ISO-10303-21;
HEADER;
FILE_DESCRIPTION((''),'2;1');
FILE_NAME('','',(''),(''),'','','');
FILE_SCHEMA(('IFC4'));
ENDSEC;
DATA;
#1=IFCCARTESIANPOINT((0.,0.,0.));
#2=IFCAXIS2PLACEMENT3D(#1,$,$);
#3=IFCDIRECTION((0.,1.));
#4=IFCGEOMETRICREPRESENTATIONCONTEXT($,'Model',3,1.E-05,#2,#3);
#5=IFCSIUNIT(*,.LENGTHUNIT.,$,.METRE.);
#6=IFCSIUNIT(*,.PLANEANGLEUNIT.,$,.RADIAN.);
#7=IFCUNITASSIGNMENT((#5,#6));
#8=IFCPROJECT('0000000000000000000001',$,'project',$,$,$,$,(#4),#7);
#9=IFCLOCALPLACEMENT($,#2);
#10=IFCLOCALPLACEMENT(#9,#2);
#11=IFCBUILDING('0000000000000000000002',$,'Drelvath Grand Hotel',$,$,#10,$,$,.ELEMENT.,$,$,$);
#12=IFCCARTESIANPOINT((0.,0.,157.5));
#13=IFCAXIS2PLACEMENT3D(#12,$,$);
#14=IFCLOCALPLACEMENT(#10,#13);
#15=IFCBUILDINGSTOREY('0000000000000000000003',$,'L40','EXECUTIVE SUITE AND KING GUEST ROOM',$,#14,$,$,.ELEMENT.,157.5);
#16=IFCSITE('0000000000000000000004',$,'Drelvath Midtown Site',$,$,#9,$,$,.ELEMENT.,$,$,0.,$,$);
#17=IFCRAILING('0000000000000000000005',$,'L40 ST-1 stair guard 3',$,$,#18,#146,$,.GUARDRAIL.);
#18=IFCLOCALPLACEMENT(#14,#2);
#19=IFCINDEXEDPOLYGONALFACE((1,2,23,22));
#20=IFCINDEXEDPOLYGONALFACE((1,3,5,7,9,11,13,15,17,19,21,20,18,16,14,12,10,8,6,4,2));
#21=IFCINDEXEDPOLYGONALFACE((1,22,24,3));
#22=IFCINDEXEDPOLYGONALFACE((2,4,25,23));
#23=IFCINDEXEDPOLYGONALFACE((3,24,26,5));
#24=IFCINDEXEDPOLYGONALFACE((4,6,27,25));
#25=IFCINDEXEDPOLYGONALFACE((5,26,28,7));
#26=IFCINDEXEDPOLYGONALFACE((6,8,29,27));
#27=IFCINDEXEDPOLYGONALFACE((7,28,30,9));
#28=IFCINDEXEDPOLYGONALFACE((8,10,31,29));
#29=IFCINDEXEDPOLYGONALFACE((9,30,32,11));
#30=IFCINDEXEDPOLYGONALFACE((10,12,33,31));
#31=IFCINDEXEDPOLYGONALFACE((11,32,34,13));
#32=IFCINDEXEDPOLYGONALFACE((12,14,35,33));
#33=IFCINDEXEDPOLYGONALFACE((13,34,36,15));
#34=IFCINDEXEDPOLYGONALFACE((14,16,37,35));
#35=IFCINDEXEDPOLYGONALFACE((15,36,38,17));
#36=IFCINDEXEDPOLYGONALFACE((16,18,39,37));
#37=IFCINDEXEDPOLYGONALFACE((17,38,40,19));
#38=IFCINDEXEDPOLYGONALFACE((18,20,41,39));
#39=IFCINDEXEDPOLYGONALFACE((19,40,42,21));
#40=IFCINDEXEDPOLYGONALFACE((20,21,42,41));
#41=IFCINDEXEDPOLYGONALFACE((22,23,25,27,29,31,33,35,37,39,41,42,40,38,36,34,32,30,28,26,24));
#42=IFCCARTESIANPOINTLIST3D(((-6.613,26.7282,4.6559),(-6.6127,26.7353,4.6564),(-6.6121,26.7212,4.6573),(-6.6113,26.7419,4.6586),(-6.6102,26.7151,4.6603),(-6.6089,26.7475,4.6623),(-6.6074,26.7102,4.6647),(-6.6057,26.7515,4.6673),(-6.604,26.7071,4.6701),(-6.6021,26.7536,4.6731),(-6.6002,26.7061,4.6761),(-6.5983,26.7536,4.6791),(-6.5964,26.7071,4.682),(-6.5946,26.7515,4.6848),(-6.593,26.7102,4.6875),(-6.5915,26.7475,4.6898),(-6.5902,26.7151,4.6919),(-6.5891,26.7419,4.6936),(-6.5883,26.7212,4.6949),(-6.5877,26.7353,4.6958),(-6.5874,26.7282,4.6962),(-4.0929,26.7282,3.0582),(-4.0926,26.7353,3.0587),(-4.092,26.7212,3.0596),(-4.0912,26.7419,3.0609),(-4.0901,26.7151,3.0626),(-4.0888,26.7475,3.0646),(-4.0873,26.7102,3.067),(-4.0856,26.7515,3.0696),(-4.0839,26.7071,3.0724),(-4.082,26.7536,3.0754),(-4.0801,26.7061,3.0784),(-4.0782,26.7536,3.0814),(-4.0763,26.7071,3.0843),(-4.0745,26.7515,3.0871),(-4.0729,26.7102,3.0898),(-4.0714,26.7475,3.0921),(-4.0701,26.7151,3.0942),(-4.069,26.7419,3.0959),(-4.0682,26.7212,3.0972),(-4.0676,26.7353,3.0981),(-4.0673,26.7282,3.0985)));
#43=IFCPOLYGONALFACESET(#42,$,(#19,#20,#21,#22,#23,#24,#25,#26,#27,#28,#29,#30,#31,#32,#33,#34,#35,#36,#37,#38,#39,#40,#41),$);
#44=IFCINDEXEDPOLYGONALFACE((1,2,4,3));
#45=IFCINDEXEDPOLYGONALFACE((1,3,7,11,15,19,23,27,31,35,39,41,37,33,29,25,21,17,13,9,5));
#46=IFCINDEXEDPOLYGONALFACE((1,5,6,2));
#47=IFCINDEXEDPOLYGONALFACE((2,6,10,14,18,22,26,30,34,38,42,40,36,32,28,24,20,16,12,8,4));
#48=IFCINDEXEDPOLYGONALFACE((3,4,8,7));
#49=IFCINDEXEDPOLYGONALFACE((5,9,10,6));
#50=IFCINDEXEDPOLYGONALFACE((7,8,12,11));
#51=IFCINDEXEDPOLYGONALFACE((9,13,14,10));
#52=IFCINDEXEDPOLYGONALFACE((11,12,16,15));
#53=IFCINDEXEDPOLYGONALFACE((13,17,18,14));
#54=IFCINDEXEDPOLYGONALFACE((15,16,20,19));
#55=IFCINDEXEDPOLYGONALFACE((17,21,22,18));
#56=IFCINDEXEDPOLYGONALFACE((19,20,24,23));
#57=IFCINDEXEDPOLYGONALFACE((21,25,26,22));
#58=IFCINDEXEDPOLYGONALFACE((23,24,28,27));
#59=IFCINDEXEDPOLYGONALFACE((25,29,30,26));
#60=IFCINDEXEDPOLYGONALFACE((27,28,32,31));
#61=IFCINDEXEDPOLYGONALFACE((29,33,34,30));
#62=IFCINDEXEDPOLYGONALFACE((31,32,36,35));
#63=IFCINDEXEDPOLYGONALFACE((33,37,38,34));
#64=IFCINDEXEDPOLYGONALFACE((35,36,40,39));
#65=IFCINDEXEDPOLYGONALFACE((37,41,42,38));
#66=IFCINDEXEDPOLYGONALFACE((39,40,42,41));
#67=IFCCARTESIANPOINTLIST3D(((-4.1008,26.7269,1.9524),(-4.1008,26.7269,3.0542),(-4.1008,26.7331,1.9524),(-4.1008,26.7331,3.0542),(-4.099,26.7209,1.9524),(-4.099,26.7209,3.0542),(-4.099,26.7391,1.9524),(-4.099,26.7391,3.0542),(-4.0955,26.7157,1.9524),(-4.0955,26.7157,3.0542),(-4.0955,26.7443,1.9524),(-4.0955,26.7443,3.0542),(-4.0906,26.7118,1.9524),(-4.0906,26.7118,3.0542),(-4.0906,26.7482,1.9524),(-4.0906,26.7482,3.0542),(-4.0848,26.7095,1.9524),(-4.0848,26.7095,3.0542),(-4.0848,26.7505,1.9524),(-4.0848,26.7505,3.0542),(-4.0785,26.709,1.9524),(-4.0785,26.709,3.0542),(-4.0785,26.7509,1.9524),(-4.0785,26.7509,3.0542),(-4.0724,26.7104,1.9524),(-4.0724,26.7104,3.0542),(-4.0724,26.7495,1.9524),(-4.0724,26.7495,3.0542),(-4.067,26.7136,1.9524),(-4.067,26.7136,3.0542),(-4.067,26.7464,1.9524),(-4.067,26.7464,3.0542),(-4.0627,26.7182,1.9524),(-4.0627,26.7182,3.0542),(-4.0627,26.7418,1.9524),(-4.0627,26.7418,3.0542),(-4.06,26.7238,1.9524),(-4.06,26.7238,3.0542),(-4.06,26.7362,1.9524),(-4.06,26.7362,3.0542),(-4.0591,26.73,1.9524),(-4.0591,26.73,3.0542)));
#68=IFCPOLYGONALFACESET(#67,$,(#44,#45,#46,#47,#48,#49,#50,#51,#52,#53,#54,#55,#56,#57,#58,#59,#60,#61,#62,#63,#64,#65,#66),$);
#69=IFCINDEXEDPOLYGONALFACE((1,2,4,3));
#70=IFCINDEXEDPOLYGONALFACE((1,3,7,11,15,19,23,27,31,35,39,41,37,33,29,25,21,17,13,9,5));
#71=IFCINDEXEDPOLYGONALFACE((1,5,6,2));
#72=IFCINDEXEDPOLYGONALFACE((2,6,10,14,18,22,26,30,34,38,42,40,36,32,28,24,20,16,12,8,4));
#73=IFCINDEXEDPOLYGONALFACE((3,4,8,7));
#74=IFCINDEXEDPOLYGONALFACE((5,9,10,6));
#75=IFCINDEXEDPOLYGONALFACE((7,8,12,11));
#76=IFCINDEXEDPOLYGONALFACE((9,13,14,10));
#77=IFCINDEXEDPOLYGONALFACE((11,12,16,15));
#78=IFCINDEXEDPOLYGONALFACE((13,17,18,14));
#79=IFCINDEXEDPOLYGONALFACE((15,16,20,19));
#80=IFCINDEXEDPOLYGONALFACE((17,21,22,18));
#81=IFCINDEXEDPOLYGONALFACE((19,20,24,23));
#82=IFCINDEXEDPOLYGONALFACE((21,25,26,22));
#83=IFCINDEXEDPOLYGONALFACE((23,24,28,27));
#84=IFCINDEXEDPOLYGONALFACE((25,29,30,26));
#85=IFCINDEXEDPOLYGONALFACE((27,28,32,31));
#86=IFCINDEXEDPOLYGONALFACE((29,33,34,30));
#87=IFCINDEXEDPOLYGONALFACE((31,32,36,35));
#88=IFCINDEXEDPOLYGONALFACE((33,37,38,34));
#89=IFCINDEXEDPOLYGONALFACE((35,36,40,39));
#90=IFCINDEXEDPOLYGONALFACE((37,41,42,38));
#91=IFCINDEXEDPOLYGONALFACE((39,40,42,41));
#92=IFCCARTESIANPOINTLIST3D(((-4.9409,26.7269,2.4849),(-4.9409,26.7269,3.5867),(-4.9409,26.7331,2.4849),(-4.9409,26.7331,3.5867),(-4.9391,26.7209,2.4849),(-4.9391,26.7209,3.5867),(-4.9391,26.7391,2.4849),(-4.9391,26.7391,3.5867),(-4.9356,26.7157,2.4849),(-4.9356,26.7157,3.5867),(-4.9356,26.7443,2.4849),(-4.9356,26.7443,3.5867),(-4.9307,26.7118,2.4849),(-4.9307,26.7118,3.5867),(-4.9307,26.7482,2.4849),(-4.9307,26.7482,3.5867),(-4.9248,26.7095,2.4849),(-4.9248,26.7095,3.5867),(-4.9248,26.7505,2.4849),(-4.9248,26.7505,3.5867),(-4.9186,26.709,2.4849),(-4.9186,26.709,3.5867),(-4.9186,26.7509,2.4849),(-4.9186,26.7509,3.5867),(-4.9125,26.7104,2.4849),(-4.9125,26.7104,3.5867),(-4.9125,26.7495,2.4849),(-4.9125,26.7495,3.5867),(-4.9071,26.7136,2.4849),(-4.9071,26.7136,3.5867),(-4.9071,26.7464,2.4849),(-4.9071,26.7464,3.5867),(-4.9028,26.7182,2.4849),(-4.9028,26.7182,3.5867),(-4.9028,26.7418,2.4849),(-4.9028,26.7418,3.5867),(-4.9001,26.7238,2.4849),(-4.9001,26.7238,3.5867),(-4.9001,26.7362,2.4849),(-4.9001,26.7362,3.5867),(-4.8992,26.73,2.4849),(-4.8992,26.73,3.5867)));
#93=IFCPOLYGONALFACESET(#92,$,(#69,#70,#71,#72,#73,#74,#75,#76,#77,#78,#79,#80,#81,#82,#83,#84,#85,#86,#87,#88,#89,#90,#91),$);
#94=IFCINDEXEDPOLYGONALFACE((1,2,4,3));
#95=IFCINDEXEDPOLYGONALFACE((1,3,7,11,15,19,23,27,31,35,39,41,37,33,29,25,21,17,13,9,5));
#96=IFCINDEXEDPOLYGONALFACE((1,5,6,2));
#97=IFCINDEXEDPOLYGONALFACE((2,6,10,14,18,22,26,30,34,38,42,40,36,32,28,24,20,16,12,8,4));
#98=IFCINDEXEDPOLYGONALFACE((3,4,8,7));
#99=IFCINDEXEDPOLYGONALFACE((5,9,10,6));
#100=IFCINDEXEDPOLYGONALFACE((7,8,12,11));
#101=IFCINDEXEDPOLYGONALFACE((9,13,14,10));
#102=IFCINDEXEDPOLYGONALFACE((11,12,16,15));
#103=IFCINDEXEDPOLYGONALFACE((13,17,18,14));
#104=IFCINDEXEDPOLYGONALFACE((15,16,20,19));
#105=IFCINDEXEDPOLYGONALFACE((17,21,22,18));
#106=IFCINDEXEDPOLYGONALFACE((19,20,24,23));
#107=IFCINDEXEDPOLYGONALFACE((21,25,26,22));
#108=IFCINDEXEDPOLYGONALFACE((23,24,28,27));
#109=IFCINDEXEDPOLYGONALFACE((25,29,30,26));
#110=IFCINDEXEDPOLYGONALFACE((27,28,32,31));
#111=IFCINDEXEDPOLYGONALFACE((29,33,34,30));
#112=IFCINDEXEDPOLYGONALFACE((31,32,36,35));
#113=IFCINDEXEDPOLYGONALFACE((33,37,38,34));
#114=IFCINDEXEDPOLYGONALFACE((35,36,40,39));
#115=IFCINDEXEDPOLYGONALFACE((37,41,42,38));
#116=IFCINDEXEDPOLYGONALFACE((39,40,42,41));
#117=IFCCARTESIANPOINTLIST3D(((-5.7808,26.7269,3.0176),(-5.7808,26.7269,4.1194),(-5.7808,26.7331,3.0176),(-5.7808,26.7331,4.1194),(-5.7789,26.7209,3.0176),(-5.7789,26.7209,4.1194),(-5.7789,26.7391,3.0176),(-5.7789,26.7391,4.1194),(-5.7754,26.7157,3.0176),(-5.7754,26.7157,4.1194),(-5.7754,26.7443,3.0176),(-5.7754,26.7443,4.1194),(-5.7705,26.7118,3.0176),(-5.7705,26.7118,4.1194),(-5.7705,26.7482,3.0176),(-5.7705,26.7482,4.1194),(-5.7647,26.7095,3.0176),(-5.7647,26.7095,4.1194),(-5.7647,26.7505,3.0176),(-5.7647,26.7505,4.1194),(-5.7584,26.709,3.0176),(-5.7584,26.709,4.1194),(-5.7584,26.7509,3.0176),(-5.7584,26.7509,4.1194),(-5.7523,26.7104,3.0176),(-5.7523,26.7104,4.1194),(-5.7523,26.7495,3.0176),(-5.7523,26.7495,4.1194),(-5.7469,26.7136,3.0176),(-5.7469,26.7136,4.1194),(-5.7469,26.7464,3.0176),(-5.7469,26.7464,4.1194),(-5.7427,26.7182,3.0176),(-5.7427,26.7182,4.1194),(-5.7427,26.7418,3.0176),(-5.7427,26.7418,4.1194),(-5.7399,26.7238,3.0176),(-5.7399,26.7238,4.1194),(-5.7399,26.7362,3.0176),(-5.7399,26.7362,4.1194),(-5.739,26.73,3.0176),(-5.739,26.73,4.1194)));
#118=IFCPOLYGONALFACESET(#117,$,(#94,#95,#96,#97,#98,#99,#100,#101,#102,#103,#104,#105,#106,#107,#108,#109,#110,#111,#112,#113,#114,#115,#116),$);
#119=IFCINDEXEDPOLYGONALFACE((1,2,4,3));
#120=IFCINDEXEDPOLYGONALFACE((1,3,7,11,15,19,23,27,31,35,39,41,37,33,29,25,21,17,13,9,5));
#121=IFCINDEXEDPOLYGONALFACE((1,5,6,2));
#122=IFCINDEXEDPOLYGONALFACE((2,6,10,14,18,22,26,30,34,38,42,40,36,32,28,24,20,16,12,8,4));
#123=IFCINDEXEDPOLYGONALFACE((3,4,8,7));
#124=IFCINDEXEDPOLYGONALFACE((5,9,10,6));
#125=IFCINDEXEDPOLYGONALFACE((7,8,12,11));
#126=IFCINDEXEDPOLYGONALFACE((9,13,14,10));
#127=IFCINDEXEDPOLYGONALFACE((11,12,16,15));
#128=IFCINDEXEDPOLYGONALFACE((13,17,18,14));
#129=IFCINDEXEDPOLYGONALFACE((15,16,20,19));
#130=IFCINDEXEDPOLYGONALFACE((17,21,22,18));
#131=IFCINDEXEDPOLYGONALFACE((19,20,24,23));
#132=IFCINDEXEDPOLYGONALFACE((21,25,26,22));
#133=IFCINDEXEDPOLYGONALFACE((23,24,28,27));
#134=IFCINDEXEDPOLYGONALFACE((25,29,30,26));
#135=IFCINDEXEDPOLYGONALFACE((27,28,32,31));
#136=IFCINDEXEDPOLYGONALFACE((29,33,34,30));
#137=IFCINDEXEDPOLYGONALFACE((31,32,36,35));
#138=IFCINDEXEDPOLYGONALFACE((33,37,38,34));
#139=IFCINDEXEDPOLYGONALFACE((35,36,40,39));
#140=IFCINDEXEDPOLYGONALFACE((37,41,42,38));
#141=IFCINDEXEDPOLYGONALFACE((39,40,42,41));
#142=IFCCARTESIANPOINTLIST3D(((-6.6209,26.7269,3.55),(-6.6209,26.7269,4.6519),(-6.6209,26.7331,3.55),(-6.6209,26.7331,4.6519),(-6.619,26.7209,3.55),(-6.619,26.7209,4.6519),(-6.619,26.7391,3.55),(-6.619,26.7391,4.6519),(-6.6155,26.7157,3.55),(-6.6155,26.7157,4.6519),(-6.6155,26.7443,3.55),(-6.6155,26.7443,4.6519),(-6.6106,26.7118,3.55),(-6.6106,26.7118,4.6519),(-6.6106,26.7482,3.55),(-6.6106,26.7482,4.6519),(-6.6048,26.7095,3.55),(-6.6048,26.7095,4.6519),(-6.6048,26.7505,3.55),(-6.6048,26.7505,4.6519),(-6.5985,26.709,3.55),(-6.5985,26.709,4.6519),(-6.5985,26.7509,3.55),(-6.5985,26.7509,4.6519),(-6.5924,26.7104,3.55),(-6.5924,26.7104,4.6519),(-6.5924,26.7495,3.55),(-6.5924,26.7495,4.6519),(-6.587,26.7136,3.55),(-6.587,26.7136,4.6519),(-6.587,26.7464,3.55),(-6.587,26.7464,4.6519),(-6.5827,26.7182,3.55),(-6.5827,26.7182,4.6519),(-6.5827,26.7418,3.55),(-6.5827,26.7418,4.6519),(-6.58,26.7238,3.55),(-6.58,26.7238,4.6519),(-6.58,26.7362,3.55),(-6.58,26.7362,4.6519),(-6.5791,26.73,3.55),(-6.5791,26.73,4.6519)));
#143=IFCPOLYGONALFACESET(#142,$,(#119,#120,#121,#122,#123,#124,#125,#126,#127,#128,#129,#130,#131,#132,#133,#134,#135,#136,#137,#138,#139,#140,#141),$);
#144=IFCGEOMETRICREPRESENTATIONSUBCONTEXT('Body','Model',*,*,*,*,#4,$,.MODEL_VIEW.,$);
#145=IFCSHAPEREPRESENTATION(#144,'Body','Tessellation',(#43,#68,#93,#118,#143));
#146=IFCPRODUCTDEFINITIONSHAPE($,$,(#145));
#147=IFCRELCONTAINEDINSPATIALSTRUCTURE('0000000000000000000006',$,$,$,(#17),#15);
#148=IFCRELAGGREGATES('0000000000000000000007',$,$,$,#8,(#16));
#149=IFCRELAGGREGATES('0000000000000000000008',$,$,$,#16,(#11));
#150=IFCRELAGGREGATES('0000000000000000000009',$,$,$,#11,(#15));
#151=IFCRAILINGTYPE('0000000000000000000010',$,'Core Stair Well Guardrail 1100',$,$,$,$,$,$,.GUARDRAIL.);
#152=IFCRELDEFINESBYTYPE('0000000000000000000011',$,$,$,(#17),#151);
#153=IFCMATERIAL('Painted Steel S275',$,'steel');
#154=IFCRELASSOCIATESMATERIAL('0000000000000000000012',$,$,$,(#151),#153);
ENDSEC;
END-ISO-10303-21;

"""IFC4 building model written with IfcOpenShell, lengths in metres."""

from ifc_helpers import new_model, si_unit, direction, frame, origin, origin_2d, place, context, subcontext, project, spatial, circle, extrude, material, type_object, element, save


model = new_model("IFC4")

# Units and contexts
model_context = context("Model", 3, precision=1e-05, world=origin(), true_north=direction((0.0, 1.0)))
body_context = subcontext(model_context, "Body", "Model", "MODEL_VIEW")
ifc_project = project(units=[si_unit("LENGTHUNIT", "METRE"), si_unit("PLANEANGLEUNIT", "RADIAN")], contexts=[model_context])

# Site, building, storey
site_placement = place(None, origin())
site = spatial("IfcSite", under=ifc_project, at=site_placement, Name="Drelvath Midtown Site", CompositionType="ELEMENT", RefElevation=0.0)
building_placement = place(site_placement, origin())
building = spatial("IfcBuilding", under=site, at=building_placement, Name="Drelvath Grand Hotel", CompositionType="ELEMENT")
storey_placement = place(building_placement, frame((0.0, 0.0, 157.5)))
storey = spatial("IfcBuildingStorey", under=building, at=storey_placement, Name="L40", Description="EXECUTIVE SUITE AND KING GUEST ROOM", CompositionType="ELEMENT", Elevation=157.5)

# Shared definitions
ifc_material_1 = material(Name="Painted Steel S275", Category="steel")

# Railing
railing_type_1 = type_object("IfcRailingType", Name="Core Stair Well Guardrail 1100", PredefinedType="GUARDRAIL", material=ifc_material_1)
railing_1_placement = place(storey_placement, frame((-4.0801, 26.73, 1.9524)))
element("IfcRailing", 1, at=railing_1_placement, inside=storey, type_object=railing_type_1, Name="L40 ST-1 stair guard 3", PredefinedType="GUARDRAIL", context=body_context, shape_type="SweptSolid", body=[
    extrude(circle(Radius=0.0239, at=origin_2d()), frame((0.0, 0.0, 1.126), z_axis=(-0.84457, 0.0, 0.535445), x_axis=(0.0, -1.0, 0.0)), (0.0, 0.0, 1.0), 2.9839),
    extrude(circle(Radius=0.021, at=origin_2d()), origin(), (0.0, 0.0, 1.0), 1.1018),
    extrude(circle(Radius=0.021, at=origin_2d()), frame((-0.8401, 0.0, 0.5325)), (0.0, 0.0, 1.0), 1.1018),
    extrude(circle(Radius=0.021, at=origin_2d()), frame((-1.6799, 0.0, 1.0652)), (0.0, 0.0, 1.0), 1.1018),
    extrude(circle(Radius=0.021, at=origin_2d()), frame((-2.52, 0.0, 1.5977)), (0.0, 0.0, 1.0), 1.1018),
])

save(model, "model.ifc")
